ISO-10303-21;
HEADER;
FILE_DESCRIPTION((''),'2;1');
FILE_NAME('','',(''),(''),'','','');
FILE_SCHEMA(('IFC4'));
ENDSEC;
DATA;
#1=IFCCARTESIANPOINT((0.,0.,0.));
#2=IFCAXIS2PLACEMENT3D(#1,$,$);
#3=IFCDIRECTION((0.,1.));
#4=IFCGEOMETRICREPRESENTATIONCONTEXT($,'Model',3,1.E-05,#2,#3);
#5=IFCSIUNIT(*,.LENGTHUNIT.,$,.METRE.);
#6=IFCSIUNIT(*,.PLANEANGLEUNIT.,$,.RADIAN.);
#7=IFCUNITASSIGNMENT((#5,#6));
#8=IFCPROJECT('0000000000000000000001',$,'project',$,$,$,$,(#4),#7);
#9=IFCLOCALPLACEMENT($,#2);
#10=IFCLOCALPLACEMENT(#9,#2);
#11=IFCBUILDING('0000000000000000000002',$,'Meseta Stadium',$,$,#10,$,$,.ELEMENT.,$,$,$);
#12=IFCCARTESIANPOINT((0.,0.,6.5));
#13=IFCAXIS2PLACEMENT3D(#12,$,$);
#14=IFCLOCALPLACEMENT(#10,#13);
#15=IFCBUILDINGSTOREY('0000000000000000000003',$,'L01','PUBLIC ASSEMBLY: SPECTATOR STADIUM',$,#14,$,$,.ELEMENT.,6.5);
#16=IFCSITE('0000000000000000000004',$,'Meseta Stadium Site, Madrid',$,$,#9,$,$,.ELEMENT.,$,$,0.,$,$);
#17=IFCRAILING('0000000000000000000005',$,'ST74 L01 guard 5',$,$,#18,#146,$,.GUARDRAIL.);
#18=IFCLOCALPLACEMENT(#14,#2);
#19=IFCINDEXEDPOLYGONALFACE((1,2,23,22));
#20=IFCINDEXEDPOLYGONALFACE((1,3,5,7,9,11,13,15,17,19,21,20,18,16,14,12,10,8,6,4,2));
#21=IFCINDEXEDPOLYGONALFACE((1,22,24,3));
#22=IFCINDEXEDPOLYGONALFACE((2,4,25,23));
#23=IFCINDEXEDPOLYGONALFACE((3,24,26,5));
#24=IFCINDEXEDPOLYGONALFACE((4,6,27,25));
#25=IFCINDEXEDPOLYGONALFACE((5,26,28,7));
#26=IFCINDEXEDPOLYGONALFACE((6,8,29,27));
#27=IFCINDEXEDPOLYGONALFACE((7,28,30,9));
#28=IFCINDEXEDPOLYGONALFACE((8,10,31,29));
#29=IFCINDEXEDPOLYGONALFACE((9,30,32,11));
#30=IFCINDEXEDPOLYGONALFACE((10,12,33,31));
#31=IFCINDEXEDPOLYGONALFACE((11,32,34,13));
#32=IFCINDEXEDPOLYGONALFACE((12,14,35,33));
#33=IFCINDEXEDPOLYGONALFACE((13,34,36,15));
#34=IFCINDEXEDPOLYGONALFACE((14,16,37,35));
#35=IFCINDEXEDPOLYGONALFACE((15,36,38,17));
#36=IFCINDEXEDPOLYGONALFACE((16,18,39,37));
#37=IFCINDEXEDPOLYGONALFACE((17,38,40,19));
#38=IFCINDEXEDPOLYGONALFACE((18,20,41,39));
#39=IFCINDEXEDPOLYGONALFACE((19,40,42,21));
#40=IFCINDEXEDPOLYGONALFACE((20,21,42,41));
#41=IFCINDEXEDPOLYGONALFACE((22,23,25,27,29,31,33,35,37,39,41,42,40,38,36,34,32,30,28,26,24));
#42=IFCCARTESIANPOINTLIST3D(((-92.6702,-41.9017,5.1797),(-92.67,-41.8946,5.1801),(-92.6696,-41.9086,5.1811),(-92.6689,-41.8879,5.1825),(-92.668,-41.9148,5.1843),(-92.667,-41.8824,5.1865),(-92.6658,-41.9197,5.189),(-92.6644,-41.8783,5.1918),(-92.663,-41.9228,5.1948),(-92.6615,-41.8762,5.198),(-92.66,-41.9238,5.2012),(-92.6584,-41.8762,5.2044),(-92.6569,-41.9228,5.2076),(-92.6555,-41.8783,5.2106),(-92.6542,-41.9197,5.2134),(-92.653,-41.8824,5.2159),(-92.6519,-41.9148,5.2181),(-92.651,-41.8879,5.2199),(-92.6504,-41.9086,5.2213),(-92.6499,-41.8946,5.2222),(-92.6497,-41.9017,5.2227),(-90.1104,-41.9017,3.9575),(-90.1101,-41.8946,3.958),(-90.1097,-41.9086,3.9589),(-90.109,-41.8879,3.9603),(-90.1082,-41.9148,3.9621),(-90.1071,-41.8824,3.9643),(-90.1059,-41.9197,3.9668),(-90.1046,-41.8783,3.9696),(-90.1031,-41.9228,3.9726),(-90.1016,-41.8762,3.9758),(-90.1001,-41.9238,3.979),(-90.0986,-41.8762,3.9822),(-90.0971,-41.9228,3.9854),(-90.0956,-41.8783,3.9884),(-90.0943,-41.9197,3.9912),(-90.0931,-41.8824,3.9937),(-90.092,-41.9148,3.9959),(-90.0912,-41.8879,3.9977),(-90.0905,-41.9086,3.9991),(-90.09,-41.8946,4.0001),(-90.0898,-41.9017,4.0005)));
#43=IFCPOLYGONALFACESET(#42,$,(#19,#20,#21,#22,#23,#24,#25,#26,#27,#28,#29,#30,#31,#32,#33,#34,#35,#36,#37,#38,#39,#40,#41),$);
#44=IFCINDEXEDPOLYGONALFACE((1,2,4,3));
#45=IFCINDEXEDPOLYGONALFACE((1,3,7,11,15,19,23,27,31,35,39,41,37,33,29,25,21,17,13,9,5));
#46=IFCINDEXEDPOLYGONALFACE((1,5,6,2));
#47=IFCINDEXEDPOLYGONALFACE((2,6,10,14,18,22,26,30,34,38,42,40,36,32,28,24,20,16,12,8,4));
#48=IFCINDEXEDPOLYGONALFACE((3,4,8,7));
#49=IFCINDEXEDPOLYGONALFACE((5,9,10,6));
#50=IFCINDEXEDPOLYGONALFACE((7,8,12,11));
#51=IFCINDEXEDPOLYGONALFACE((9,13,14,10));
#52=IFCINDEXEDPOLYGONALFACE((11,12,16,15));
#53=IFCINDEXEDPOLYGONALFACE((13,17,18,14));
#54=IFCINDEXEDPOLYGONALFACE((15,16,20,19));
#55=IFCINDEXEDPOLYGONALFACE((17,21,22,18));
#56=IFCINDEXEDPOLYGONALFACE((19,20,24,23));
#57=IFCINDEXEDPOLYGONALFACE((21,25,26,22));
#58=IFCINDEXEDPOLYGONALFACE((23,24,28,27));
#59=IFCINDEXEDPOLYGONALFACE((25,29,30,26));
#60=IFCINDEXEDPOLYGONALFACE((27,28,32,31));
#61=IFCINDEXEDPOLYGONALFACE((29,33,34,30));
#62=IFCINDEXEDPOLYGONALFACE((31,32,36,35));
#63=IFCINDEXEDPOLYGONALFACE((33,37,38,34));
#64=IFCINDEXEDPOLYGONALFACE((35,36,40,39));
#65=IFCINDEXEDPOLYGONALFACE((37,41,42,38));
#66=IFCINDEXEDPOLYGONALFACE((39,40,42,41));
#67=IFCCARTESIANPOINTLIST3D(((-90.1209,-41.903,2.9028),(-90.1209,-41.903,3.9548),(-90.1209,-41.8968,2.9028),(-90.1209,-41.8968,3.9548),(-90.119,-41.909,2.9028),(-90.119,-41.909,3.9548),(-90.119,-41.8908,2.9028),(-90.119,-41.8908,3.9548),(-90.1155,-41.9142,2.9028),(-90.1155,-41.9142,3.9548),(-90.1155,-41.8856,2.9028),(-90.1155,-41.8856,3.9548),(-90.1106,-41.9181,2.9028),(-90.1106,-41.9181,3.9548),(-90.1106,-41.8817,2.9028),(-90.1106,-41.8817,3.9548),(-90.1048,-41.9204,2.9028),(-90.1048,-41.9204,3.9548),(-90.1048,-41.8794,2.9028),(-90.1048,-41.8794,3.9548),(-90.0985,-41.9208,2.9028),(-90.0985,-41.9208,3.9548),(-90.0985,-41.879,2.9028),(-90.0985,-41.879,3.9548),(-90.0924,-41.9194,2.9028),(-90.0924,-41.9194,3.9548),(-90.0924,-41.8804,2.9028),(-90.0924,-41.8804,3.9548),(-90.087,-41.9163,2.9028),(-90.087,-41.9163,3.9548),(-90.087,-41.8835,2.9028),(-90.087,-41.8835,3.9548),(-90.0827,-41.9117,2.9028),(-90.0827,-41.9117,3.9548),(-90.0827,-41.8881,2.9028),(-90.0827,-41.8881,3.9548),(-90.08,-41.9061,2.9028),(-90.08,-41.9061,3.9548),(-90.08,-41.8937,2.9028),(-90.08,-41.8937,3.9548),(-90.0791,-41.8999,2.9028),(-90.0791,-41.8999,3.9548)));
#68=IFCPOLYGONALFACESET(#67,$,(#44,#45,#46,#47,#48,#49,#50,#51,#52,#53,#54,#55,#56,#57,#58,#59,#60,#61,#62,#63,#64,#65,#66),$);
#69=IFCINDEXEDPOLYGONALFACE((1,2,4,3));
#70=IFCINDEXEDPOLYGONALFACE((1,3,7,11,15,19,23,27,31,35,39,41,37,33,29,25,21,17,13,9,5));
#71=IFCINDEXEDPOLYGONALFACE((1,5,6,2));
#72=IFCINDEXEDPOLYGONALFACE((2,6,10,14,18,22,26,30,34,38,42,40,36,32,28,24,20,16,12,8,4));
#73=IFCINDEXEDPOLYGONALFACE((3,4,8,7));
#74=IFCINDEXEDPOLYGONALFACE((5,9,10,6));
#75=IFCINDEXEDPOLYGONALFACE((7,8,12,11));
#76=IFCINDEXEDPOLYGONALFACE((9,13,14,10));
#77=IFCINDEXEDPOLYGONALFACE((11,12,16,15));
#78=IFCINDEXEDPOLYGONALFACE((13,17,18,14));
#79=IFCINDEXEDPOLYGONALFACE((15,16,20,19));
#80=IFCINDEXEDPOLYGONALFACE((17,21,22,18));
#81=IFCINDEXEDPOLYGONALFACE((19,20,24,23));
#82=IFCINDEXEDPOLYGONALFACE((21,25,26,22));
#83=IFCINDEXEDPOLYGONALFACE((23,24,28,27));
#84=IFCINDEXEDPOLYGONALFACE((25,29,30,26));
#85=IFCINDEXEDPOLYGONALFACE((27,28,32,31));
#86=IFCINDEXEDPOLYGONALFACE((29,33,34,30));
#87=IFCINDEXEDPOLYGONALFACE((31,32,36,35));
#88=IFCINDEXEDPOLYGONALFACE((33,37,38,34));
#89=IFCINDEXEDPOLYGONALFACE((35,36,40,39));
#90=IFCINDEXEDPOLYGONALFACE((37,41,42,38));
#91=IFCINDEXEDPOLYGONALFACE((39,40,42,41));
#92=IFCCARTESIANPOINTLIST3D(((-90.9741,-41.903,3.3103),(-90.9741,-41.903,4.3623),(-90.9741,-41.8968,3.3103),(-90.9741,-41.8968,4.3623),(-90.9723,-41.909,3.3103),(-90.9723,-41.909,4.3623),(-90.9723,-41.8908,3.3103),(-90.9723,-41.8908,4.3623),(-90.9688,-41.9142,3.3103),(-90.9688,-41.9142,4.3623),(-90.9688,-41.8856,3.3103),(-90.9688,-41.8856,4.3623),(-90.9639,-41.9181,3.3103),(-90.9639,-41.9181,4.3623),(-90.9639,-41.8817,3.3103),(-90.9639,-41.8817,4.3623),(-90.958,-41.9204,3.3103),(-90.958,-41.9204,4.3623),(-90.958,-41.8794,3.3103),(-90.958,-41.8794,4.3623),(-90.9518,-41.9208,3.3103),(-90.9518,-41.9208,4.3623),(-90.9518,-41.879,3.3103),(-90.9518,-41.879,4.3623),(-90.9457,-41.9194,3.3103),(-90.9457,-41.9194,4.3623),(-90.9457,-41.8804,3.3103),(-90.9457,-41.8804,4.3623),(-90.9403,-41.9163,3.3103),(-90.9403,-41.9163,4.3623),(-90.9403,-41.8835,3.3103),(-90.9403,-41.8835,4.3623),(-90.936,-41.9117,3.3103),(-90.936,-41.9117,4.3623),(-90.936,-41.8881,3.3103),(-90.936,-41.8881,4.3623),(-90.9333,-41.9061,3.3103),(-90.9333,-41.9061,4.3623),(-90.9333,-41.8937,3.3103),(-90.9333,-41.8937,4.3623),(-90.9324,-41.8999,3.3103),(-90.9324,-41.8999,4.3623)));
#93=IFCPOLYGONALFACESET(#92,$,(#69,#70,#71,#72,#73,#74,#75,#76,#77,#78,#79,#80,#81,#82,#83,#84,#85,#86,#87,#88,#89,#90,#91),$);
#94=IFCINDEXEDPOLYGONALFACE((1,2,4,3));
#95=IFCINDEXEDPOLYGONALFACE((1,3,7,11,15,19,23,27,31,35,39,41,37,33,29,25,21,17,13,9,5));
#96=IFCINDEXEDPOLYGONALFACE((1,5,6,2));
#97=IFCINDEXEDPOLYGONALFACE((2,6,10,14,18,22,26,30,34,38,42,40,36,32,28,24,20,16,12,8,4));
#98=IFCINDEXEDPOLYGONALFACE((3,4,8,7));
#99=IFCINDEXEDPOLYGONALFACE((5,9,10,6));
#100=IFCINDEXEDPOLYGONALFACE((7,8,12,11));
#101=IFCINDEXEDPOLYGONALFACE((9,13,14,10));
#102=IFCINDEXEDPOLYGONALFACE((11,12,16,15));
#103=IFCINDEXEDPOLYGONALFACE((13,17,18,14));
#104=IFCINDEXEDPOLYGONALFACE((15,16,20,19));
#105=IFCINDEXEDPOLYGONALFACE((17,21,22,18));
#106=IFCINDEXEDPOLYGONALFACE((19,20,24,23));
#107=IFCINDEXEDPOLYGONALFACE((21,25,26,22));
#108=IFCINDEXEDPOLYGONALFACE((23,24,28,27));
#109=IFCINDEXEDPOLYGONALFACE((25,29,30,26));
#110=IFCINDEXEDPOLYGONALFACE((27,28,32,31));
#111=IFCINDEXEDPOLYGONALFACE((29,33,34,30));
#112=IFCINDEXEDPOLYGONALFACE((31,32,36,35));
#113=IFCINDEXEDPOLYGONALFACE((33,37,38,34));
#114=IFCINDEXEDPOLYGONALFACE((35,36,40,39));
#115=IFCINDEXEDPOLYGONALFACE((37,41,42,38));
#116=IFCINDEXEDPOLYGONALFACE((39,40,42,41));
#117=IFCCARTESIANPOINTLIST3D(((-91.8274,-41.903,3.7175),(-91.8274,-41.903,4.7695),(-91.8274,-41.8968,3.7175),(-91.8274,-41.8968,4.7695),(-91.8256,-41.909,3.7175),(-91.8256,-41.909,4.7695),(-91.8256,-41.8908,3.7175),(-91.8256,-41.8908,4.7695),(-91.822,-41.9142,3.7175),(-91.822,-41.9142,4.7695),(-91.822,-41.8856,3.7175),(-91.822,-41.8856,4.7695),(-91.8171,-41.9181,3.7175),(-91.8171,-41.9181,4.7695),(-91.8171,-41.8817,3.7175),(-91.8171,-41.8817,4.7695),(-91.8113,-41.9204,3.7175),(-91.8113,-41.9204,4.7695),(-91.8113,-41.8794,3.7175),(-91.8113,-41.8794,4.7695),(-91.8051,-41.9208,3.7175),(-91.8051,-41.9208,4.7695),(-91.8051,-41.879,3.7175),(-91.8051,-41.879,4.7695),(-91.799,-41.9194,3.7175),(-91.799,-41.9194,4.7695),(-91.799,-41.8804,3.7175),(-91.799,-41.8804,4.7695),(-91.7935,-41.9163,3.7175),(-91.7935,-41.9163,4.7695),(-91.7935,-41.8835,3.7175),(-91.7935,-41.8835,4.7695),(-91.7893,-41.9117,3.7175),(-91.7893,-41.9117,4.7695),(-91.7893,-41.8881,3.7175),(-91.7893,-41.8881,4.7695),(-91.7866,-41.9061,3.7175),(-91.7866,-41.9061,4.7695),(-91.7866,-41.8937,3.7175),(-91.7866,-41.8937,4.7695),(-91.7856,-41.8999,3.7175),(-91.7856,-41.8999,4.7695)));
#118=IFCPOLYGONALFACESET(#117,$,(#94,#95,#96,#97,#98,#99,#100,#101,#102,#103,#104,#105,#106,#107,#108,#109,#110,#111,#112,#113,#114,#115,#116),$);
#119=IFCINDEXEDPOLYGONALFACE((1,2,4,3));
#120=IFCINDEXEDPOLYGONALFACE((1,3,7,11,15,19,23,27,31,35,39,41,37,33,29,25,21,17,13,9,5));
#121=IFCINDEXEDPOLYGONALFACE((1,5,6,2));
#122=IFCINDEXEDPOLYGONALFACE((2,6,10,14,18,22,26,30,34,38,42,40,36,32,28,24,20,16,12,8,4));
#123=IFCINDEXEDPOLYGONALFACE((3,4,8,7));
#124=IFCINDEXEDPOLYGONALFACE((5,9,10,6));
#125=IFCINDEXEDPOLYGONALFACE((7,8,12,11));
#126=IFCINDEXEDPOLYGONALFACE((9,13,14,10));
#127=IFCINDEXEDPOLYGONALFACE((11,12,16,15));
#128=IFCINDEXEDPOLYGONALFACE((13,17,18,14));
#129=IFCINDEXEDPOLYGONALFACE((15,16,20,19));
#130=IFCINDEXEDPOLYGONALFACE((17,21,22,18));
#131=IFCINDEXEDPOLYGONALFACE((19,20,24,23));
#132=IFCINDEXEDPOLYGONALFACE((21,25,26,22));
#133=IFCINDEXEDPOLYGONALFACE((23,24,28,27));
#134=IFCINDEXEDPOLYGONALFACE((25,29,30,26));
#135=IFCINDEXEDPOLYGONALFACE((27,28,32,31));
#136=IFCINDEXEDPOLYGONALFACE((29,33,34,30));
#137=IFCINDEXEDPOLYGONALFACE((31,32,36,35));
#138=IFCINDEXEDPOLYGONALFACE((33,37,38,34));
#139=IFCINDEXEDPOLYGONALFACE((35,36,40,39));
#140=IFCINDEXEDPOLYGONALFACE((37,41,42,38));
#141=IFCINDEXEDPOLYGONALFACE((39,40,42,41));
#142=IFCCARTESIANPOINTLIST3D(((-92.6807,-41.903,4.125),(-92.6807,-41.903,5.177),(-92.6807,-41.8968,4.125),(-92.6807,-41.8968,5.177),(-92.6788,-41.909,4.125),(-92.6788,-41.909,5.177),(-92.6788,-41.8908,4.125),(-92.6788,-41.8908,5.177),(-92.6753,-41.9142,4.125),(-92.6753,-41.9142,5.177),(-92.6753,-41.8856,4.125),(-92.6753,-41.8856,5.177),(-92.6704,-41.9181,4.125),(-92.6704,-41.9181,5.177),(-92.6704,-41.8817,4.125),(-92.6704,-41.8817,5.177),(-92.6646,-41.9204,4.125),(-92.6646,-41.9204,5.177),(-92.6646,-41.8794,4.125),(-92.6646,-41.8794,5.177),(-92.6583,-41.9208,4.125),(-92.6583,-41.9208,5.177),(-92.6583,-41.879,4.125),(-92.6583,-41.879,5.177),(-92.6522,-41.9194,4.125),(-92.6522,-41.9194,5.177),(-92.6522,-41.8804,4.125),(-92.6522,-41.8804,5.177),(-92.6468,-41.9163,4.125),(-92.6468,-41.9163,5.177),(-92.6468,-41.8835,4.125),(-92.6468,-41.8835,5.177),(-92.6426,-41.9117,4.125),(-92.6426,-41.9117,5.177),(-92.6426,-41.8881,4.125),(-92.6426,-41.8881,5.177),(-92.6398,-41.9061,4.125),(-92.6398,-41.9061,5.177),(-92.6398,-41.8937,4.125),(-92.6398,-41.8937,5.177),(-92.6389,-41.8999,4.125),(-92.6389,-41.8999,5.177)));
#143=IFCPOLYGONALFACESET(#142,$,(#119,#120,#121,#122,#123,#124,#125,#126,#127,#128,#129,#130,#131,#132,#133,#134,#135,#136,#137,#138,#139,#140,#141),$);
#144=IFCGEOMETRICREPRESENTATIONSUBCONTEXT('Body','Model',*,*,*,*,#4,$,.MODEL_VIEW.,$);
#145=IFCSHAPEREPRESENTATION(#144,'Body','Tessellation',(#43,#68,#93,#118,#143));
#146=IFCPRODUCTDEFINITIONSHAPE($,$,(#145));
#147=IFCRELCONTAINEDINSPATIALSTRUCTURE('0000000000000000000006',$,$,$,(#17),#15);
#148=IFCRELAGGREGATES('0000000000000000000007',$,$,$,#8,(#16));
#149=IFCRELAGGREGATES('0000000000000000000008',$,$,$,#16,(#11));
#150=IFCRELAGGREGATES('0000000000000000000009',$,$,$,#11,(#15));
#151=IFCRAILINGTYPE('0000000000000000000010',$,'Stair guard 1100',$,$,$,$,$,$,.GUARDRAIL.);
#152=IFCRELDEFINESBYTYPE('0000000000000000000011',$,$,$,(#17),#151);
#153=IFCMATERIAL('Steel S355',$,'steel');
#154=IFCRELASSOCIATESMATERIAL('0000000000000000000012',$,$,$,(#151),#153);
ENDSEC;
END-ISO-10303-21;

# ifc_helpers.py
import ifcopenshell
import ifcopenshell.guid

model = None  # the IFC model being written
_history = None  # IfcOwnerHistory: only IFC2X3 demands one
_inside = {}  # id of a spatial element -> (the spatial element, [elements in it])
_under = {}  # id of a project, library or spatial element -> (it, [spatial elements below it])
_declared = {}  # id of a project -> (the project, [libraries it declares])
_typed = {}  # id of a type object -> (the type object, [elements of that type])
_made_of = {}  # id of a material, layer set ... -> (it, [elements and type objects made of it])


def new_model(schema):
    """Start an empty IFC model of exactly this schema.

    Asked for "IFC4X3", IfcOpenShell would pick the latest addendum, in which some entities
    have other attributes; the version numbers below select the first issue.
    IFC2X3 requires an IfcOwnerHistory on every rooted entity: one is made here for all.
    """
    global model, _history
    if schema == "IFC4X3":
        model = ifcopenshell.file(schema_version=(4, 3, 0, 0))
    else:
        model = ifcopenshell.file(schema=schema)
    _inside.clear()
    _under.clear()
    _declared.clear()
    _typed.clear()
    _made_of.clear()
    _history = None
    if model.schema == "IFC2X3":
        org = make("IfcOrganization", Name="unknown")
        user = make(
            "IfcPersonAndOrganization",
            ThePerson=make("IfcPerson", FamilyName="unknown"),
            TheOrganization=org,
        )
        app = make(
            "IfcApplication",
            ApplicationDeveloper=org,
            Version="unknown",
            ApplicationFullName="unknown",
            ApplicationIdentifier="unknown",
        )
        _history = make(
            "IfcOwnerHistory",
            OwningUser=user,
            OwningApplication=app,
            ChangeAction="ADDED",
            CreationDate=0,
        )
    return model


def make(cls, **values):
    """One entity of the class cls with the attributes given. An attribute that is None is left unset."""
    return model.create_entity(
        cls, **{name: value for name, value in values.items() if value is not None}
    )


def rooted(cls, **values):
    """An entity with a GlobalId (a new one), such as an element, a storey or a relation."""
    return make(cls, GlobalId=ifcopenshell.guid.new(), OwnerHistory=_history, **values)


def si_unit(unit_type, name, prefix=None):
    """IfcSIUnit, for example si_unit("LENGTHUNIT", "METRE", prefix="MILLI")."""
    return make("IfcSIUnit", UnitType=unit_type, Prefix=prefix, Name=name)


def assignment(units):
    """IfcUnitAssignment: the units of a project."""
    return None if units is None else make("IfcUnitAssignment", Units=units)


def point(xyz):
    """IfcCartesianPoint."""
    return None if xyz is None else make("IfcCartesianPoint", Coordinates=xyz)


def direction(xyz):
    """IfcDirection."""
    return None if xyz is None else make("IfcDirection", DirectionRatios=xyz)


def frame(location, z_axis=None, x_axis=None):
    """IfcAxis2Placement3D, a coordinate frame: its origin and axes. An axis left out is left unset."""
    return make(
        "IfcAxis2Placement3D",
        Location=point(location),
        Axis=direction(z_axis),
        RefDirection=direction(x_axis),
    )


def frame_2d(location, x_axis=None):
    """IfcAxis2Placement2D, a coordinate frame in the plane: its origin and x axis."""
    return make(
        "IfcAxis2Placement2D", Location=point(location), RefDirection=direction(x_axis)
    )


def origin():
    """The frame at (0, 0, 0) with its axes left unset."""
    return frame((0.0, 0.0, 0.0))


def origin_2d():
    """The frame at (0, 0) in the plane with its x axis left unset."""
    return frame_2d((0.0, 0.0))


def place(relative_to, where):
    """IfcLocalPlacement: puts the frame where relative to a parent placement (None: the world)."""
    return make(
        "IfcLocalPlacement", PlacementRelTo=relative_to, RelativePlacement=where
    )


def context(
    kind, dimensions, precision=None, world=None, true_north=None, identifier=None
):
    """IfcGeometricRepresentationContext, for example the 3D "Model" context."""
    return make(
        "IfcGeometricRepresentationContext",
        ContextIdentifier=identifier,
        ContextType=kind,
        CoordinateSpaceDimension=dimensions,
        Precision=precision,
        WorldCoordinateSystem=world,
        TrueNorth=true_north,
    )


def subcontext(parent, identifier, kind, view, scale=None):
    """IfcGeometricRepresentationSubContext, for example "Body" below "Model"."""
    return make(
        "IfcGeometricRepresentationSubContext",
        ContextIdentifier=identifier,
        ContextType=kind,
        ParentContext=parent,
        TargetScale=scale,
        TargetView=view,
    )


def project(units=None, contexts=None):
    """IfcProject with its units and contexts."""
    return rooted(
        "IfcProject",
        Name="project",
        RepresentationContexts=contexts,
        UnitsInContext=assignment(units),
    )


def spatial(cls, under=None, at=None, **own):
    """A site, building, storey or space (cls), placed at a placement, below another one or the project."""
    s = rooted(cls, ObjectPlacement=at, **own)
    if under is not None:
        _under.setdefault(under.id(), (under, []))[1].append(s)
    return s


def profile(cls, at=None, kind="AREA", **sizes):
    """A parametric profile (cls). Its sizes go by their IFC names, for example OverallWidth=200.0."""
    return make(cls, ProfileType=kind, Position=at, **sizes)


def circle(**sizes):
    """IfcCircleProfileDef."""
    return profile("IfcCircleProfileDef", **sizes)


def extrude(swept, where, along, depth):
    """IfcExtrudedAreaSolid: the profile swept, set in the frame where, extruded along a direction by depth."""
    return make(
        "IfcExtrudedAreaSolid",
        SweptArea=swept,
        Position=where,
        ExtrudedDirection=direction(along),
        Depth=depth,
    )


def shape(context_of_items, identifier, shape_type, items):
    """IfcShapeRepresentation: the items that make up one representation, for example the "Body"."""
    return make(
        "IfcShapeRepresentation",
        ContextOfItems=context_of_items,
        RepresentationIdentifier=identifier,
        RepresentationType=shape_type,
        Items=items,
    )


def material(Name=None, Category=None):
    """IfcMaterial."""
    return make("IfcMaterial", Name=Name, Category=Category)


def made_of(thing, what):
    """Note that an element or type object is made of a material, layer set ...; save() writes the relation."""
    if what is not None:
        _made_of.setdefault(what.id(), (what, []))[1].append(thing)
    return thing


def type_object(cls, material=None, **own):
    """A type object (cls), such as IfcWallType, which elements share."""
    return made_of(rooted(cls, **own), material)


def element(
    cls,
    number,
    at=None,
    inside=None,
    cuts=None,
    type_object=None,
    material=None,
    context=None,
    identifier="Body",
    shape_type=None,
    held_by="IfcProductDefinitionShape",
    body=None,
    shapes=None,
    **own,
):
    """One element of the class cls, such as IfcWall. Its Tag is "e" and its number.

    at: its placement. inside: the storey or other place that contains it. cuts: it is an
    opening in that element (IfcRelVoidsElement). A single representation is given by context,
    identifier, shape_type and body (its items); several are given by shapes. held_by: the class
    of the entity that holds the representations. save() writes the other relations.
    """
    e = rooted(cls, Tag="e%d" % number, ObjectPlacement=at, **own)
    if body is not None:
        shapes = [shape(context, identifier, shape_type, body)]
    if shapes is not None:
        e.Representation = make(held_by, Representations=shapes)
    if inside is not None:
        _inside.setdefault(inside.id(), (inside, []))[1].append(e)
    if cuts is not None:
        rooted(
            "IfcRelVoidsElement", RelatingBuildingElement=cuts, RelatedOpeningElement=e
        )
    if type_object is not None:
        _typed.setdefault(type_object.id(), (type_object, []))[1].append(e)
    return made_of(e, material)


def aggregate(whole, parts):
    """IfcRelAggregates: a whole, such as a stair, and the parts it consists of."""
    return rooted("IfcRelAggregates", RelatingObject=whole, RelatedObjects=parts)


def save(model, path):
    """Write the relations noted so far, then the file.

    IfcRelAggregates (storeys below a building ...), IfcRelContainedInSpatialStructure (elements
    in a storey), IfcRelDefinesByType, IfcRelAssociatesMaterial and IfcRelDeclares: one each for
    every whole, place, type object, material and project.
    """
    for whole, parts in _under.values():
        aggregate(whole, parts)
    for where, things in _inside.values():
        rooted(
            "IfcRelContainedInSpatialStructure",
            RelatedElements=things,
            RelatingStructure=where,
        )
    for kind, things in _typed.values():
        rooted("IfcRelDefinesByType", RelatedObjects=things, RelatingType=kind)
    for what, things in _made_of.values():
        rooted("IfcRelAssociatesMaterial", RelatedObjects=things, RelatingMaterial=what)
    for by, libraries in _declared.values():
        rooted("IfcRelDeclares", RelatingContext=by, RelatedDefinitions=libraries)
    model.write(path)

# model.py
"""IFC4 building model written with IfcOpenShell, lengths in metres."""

from ifc_helpers import new_model, si_unit, direction, frame, origin, origin_2d, place, context, subcontext, project, spatial, circle, extrude, material, type_object, element, save


model = new_model("IFC4")

# Units and contexts
model_context = context("Model", 3, precision=1e-05, world=origin(), true_north=direction((0.0, 1.0)))
body_context = subcontext(model_context, "Body", "Model", "MODEL_VIEW")
ifc_project = project(units=[si_unit("LENGTHUNIT", "METRE"), si_unit("PLANEANGLEUNIT", "RADIAN")], contexts=[model_context])

# Site, building, storey
site_placement = place(None, origin())
site = spatial("IfcSite", under=ifc_project, at=site_placement, Name="Meseta Stadium Site, Madrid", CompositionType="ELEMENT", RefElevation=0.0)
building_placement = place(site_placement, origin())
building = spatial("IfcBuilding", under=site, at=building_placement, Name="Meseta Stadium", CompositionType="ELEMENT")
storey_placement = place(building_placement, frame((0.0, 0.0, 6.5)))
storey = spatial("IfcBuildingStorey", under=building, at=storey_placement, Name="L01", Description="PUBLIC ASSEMBLY: SPECTATOR STADIUM", CompositionType="ELEMENT", Elevation=6.5)

# Railing
ifc_material_1 = material(Name="Steel S355", Category="steel")
railing_type_1 = type_object("IfcRailingType", Name="Stair guard 1100", PredefinedType="GUARDRAIL", material=ifc_material_1)
railing_1_placement = place(storey_placement, frame((-90.1001, -41.8999, 2.9028)))
element("IfcRailing", 1, at=railing_1_placement, inside=storey, type_object=railing_type_1, Name="ST74 L01 guard 5", PredefinedType="GUARDRAIL", context=body_context, shape_type="SweptSolid", body=[
    extrude(circle(Radius=0.0239, at=origin_2d()), frame((0.0, 0.0, 1.0762), z_axis=(-0.902421, 0.0, 0.430855), x_axis=(0.0, -1.0, 0.0)), (0.0, 0.0, 1.0), 2.8367),
    extrude(circle(Radius=0.021, at=origin_2d()), origin(), (0.0, 0.0, 1.0), 1.052),
    extrude(circle(Radius=0.021, at=origin_2d()), frame((-0.8533, 0.0, 0.4075)), (0.0, 0.0, 1.0), 1.052),
    extrude(circle(Radius=0.021, at=origin_2d()), frame((-1.7065, 0.0, 0.8147)), (0.0, 0.0, 1.0), 1.052),
    extrude(circle(Radius=0.021, at=origin_2d()), frame((-2.5598, 0.0, 1.2222)), (0.0, 0.0, 1.0), 1.052),
])

save(model, "model.ifc")
